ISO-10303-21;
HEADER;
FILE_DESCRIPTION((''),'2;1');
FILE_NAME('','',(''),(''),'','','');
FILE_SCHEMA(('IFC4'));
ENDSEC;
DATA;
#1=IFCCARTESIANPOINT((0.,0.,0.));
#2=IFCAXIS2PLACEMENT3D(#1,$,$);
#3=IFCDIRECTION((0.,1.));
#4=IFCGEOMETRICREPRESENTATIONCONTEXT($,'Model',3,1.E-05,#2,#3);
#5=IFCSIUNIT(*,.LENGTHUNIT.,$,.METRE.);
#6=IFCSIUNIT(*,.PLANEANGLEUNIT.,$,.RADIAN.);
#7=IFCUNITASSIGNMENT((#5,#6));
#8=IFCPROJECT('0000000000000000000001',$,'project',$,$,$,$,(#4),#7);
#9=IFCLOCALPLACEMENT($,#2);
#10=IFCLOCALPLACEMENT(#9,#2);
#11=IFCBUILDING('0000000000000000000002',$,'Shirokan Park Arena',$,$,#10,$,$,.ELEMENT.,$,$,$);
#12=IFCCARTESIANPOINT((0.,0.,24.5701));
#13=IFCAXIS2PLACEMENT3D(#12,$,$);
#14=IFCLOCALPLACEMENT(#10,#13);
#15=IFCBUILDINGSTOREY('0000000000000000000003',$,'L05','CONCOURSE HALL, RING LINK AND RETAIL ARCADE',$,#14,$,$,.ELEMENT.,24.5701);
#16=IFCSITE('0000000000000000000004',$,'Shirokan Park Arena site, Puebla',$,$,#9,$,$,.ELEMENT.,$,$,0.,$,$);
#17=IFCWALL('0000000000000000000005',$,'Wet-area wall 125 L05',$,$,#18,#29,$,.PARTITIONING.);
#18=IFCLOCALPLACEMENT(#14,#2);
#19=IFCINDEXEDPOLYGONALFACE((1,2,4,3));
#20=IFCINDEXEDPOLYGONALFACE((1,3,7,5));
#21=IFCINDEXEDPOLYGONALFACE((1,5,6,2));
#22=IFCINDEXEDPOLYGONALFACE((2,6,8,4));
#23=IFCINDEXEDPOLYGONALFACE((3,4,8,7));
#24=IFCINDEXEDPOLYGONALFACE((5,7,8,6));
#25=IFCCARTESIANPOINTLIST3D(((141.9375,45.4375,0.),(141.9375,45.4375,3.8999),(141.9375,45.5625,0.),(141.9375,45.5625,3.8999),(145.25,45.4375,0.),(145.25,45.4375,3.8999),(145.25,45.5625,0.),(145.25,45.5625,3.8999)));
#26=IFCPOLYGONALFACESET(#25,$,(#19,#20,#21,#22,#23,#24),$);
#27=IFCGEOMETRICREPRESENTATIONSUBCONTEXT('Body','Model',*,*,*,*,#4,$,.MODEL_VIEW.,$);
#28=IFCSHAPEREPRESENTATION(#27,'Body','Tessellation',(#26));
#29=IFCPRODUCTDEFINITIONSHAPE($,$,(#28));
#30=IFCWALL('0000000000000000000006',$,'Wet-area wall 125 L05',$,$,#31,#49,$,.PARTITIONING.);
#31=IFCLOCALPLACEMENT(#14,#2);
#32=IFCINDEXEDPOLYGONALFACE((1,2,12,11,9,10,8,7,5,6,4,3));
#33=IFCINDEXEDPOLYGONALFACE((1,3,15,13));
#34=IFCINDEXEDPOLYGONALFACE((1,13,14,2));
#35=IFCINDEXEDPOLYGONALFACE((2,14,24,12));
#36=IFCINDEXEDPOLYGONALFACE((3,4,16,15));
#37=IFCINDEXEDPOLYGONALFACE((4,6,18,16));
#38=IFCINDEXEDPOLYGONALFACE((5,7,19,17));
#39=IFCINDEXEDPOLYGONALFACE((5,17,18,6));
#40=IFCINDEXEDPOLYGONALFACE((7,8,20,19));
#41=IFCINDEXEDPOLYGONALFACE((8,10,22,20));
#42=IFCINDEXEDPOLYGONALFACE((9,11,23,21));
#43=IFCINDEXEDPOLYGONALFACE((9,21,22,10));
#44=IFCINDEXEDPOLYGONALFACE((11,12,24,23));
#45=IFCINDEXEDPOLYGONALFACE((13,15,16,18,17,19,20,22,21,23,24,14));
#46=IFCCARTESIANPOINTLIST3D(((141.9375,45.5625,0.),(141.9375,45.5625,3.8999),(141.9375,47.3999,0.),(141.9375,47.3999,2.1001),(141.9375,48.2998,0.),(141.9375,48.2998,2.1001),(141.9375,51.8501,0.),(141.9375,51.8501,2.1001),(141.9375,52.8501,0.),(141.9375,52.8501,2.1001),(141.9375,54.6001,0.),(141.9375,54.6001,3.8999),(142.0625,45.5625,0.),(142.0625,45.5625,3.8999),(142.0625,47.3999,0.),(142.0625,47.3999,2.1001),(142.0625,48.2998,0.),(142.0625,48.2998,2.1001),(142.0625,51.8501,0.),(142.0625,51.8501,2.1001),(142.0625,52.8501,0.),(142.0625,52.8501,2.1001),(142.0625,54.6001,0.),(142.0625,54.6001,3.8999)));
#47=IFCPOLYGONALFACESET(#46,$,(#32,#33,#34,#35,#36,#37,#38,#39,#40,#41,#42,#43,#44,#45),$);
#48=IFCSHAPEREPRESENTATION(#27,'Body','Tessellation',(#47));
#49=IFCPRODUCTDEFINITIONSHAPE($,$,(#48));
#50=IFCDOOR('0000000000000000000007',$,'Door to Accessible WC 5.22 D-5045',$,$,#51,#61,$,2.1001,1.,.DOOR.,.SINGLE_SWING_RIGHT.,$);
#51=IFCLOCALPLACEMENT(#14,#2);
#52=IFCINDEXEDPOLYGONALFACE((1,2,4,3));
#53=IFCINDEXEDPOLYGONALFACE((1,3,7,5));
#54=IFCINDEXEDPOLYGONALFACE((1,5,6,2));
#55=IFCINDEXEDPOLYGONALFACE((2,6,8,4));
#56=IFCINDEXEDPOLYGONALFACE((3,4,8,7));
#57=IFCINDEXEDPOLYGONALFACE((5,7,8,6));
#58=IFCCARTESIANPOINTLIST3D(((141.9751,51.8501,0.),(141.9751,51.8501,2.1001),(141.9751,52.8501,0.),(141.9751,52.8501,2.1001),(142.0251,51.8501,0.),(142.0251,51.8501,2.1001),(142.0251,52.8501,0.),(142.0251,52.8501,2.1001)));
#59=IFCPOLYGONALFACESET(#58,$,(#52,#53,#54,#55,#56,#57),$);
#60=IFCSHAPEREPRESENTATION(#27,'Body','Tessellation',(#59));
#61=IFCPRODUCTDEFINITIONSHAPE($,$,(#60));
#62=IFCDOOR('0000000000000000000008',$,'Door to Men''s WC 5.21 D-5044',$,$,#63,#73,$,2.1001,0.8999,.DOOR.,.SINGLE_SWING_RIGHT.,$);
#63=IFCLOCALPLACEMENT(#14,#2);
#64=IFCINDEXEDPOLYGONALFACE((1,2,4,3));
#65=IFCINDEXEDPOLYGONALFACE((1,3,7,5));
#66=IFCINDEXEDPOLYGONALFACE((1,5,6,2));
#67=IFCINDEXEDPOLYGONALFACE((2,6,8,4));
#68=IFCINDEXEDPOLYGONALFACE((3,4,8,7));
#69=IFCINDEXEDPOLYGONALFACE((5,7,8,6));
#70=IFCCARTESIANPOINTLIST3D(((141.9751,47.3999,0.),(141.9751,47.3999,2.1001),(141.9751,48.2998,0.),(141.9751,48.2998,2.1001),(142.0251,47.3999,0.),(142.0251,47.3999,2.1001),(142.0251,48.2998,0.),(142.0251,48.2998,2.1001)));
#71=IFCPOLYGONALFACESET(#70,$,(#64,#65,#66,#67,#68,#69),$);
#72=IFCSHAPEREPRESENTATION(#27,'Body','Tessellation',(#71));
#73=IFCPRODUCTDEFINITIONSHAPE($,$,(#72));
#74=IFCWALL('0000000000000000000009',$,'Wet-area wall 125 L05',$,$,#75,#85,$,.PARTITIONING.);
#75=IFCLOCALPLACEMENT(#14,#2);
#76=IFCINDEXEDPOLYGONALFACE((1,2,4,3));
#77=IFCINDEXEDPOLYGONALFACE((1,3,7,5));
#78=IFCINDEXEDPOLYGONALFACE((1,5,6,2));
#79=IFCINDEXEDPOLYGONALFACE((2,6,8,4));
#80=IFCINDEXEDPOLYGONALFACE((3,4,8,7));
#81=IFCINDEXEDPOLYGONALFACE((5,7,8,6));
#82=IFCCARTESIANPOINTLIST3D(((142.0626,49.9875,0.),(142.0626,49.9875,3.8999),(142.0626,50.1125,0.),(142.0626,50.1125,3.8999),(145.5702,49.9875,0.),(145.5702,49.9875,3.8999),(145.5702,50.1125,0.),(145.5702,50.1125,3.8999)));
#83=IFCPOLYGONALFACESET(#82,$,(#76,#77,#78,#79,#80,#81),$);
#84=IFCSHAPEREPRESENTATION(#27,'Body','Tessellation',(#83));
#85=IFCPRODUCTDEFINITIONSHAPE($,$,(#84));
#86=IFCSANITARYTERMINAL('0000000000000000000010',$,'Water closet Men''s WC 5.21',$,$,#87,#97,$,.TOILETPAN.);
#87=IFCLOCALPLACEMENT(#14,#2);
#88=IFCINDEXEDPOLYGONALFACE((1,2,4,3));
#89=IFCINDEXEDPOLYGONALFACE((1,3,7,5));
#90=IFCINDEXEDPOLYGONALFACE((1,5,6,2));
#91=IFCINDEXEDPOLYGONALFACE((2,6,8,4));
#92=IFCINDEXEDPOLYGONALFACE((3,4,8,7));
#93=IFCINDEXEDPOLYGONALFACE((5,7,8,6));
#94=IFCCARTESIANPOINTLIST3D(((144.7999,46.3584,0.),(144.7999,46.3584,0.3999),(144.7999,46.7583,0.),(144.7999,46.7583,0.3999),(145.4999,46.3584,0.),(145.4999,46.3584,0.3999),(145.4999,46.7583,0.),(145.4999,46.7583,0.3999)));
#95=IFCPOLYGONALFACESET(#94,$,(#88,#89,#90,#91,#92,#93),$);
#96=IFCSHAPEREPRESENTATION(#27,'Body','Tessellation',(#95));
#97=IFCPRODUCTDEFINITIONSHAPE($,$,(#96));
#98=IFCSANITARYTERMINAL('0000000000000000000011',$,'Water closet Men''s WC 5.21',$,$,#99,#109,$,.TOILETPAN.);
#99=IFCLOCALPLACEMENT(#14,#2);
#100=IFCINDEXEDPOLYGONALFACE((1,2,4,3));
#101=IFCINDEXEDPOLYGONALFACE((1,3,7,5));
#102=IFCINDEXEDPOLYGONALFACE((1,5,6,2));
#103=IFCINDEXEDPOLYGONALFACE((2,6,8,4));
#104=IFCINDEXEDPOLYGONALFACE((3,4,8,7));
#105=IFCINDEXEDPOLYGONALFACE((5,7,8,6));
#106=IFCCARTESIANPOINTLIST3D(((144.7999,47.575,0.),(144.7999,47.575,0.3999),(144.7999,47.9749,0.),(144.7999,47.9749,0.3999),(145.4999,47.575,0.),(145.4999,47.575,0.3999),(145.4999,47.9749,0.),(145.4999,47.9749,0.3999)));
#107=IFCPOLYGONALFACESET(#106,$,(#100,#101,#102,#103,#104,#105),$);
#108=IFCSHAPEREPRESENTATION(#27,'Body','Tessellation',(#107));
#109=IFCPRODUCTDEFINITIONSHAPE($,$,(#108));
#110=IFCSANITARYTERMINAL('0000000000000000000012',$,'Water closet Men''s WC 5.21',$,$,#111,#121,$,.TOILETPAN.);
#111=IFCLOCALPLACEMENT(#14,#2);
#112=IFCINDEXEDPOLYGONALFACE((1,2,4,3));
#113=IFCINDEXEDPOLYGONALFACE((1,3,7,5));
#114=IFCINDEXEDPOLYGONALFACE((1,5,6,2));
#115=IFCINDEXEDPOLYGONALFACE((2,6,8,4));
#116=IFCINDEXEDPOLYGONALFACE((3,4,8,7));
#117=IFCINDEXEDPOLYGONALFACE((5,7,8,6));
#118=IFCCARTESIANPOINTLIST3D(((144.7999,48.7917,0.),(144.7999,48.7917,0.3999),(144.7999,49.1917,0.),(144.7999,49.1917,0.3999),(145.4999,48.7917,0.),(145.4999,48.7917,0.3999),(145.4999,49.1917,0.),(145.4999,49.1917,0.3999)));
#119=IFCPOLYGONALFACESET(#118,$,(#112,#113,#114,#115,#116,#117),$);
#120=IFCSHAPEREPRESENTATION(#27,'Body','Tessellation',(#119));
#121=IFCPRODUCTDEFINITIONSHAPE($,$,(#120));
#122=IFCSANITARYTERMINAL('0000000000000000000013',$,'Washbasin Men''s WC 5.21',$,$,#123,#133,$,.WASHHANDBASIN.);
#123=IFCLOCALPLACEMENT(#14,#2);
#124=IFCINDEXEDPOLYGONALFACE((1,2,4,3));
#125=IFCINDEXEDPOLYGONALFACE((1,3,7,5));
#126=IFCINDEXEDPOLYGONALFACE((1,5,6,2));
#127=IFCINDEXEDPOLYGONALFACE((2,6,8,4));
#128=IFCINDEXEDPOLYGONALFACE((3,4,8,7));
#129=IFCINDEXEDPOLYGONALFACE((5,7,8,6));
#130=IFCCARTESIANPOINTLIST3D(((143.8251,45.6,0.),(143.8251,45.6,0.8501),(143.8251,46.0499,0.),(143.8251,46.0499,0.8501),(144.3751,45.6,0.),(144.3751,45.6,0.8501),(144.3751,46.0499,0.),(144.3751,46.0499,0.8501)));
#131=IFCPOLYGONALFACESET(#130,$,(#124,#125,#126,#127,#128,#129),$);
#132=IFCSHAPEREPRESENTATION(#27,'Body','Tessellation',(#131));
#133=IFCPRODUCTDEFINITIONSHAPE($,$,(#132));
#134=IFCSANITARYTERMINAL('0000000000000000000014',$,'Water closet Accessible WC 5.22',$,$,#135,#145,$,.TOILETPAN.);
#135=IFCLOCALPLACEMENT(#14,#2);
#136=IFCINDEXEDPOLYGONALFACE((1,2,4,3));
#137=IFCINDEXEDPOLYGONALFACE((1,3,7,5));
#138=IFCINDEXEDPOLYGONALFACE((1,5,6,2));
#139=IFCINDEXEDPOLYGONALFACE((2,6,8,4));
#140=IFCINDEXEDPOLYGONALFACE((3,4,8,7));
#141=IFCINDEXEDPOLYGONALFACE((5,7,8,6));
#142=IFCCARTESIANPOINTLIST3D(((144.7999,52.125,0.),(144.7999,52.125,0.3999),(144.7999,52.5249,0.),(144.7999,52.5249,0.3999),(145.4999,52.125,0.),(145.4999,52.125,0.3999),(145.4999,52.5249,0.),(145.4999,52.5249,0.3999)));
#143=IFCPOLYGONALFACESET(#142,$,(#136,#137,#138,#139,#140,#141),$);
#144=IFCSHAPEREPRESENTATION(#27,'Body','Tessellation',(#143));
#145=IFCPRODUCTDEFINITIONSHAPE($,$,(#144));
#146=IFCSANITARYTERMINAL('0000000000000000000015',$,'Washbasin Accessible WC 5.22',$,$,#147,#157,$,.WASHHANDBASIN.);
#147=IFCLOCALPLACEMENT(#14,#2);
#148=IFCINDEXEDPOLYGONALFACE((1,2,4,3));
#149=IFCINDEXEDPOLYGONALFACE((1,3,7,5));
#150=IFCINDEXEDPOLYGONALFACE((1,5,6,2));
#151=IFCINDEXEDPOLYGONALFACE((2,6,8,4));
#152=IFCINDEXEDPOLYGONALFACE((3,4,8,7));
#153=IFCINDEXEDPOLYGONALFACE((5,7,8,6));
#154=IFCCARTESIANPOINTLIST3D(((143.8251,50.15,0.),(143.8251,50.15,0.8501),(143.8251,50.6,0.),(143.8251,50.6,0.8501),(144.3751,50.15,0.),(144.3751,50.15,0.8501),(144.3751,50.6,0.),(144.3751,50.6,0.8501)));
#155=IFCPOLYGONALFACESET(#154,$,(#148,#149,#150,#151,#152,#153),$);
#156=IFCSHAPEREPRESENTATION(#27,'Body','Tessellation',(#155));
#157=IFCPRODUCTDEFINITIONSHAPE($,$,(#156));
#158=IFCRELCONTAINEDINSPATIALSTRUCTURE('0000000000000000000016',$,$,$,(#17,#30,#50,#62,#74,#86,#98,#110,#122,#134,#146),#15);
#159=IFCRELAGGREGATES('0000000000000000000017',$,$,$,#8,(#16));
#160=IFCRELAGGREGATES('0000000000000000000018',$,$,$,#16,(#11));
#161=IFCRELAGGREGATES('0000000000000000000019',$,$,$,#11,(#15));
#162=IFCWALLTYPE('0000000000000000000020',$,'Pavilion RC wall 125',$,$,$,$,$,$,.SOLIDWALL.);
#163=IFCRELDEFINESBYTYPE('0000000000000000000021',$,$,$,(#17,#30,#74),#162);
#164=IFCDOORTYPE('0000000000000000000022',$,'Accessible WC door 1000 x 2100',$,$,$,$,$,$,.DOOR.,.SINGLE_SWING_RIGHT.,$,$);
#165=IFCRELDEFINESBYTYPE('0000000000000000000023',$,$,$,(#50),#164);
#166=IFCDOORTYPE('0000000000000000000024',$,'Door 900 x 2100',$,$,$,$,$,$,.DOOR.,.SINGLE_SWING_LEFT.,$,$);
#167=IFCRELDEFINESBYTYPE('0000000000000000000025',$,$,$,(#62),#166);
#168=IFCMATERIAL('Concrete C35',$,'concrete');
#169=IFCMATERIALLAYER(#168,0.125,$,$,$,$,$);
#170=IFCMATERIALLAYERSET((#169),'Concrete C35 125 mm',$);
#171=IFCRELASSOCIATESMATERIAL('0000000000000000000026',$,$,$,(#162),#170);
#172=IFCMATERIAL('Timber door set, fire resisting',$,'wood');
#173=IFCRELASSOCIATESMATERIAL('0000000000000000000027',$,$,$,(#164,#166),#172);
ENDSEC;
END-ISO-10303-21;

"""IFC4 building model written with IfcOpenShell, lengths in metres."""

from ifc_helpers import new_model, si_unit, direction, frame, frame_2d, origin, origin_2d, place, context, subcontext, project, spatial, rectangle, extrude, material, layer, layer_set, type_object, element, fill, save


model = new_model("IFC4")

# Units and contexts
model_context = context("Model", 3, precision=1e-05, world=origin(), true_north=direction((0.0, 1.0)))
body_context = subcontext(model_context, "Body", "Model", "MODEL_VIEW")
ifc_project = project(units=[si_unit("LENGTHUNIT", "METRE"), si_unit("PLANEANGLEUNIT", "RADIAN")], contexts=[model_context])

# Site, building, storey
site_placement = place(None, origin())
site = spatial("IfcSite", under=ifc_project, at=site_placement, Name="Shirokan Park Arena site, Puebla", CompositionType="ELEMENT", RefElevation=0.0)
building_placement = place(site_placement, origin())
building = spatial("IfcBuilding", under=site, at=building_placement, Name="Shirokan Park Arena", CompositionType="ELEMENT")
storey_placement = place(building_placement, frame((0.0, 0.0, 24.5701)))
storey = spatial("IfcBuildingStorey", under=building, at=storey_placement, Name="L05", Description="CONCOURSE HALL, RING LINK AND RETAIL ARCADE", CompositionType="ELEMENT", Elevation=24.5701)

# Shared definitions
ifc_material_1 = material(Name="Concrete C35", Category="concrete")

# Wall
ifc_layer_1 = layer(ifc_material_1, 0.125)
ifc_layer_set_1 = layer_set([ifc_layer_1], Name="Concrete C35 125 mm")
wall_type = type_object("IfcWallType", Name="Pavilion RC wall 125", PredefinedType="SOLIDWALL", material=ifc_layer_set_1)
wall_1_placement = place(storey_placement, frame((141.9375, 45.5, 0.0), z_axis=(0.0, 0.0, 1.0), x_axis=(1.0, 0.0, 0.0)))
element("IfcWall", 1, at=wall_1_placement, inside=storey, type_object=wall_type, Name="Wet-area wall 125 L05", PredefinedType="PARTITIONING", context=body_context, shape_type="SweptSolid", body=[
    extrude(rectangle(XDim=3.3125, YDim=0.125, at=frame_2d((1.6562, 0.0))), origin(), (0.0, 0.0, 1.0), 3.8999),
])

# Wall, openings, doors
wall_2_placement = place(storey_placement, frame((142.0, 45.5625, 0.0), z_axis=(0.0, 0.0, 1.0), x_axis=(0.0, 1.0, 0.0)))
wall_2 = element("IfcWall", 2, at=wall_2_placement, inside=storey, type_object=wall_type, Name="Wet-area wall 125 L05", PredefinedType="PARTITIONING", context=body_context, shape_type="SweptSolid", body=[
    extrude(rectangle(XDim=9.0376, YDim=0.125, at=frame_2d((4.5188, 0.0))), origin(), (0.0, 0.0, 1.0), 3.8999),
])
opening_1_placement = place(wall_2_placement, frame((1.8374, 0.0, 0.0)))
opening_1 = element("IfcOpeningElement", 3, at=opening_1_placement, cuts=wall_2, PredefinedType="OPENING", context=body_context, shape_type="SweptSolid", body=[
    extrude(rectangle(XDim=0.8999, YDim=2.1001, at=frame_2d((0.45, 1.05))), frame((0.0, 0.0725, 0.0), z_axis=(0.0, -1.0, 0.0), x_axis=(1.0, 0.0, 0.0)), (0.0, 0.0, 1.0), 0.145),
])
opening_2_placement = place(wall_2_placement, frame((6.2876, 0.0, 0.0)))
opening_2 = element("IfcOpeningElement", 4, at=opening_2_placement, cuts=wall_2, PredefinedType="OPENING", context=body_context, shape_type="SweptSolid", body=[
    extrude(rectangle(XDim=1.0, YDim=2.1001, at=frame_2d((0.5, 1.05))), frame((0.0, 0.0725, 0.0), z_axis=(0.0, -1.0, 0.0), x_axis=(1.0, 0.0, 0.0)), (0.0, 0.0, 1.0), 0.145),
])
ifc_material_2 = material(Name="Timber door set, fire resisting", Category="wood")
door_type_1 = type_object("IfcDoorType", Name="Accessible WC door 1000 x 2100", OperationType="SINGLE_SWING_RIGHT", PredefinedType="DOOR", material=ifc_material_2)
door_1_placement = place(opening_2_placement, origin())
door_1 = element("IfcDoor", 5, at=door_1_placement, inside=storey, type_object=door_type_1, Name="Door to Accessible WC 5.22 D-5045", OperationType="SINGLE_SWING_RIGHT", OverallHeight=2.1001, OverallWidth=1.0, PredefinedType="DOOR", context=body_context, shape_type="SweptSolid", body=[
    extrude(rectangle(XDim=1.0, YDim=2.1001, at=frame_2d((0.5, 1.05))), frame((0.0, 0.0249, 0.0), z_axis=(0.0, -1.0, 0.0), x_axis=(1.0, 0.0, 0.0)), (0.0, 0.0, 1.0), 0.05),
])
fill(opening_2, door_1)
door_type_2 = type_object("IfcDoorType", Name="Door 900 x 2100", OperationType="SINGLE_SWING_LEFT", PredefinedType="DOOR", material=ifc_material_2)
door_2_placement = place(opening_1_placement, origin())
door_2 = element("IfcDoor", 6, at=door_2_placement, inside=storey, type_object=door_type_2, Name="Door to Men's WC 5.21 D-5044", OperationType="SINGLE_SWING_RIGHT", OverallHeight=2.1001, OverallWidth=0.8999, PredefinedType="DOOR", context=body_context, shape_type="SweptSolid", body=[
    extrude(rectangle(XDim=0.8999, YDim=2.1001, at=frame_2d((0.45, 1.05))), frame((0.0, 0.0249, 0.0), z_axis=(0.0, -1.0, 0.0), x_axis=(1.0, 0.0, 0.0)), (0.0, 0.0, 1.0), 0.05),
])
fill(opening_1, door_2)

# Wall
wall_3_placement = place(storey_placement, frame((142.0625, 50.05, 0.0), z_axis=(0.0, 0.0, 1.0), x_axis=(1.0, 0.0, 0.0)))
element("IfcWall", 7, at=wall_3_placement, inside=storey, type_object=wall_type, Name="Wet-area wall 125 L05", PredefinedType="PARTITIONING", context=body_context, shape_type="SweptSolid", body=[
    extrude(rectangle(XDim=3.5076, YDim=0.125, at=frame_2d((1.7539, 0.0))), origin(), (0.0, 0.0, 1.0), 3.8999),
])

# Sanitary terminals
for number, where, z_axis, x_axis, name in (
    (8, (145.1499, 46.5583, 0.0), (0.0, 0.0, 1.0), (1.0, 0.0, 0.0), "Water closet Men's WC 5.21"),
    (9, (145.1499, 47.7749, 0.0), (0.0, 0.0, 1.0), (1.0, 0.0, 0.0), "Water closet Men's WC 5.21"),
    (10, (145.1499, 48.9917, 0.0), (0.0, 0.0, 1.0), (1.0, 0.0, 0.0), "Water closet Men's WC 5.21"),
):
    element("IfcSanitaryTerminal", number, at=place(storey_placement, frame(where, z_axis=z_axis, x_axis=x_axis)), inside=storey, Name=name, PredefinedType="TOILETPAN", context=body_context, shape_type="SweptSolid", body=[
        extrude(rectangle(XDim=0.7, YDim=0.3999, at=origin_2d()), origin(), (0.0, 0.0, 1.0), 0.3999),
    ])
sanitary_terminal_1_placement = place(storey_placement, frame((144.1001, 45.825, 0.0), z_axis=(0.0, 0.0, 1.0), x_axis=(1.0, 0.0, 0.0)))
element("IfcSanitaryTerminal", 11, at=sanitary_terminal_1_placement, inside=storey, Name="Washbasin Men's WC 5.21", PredefinedType="WASHHANDBASIN", context=body_context, shape_type="SweptSolid", body=[
    extrude(rectangle(XDim=0.55, YDim=0.45, at=origin_2d()), origin(), (0.0, 0.0, 1.0), 0.8501),
])
sanitary_terminal_2_placement = place(storey_placement, frame((145.1499, 52.325, 0.0), z_axis=(0.0, 0.0, 1.0), x_axis=(1.0, 0.0, 0.0)))
element("IfcSanitaryTerminal", 12, at=sanitary_terminal_2_placement, inside=storey, Name="Water closet Accessible WC 5.22", PredefinedType="TOILETPAN", context=body_context, shape_type="SweptSolid", body=[
    extrude(rectangle(XDim=0.7, YDim=0.3999, at=origin_2d()), origin(), (0.0, 0.0, 1.0), 0.3999),
])
sanitary_terminal_3_placement = place(storey_placement, frame((144.1001, 50.375, 0.0), z_axis=(0.0, 0.0, 1.0), x_axis=(1.0, 0.0, 0.0)))
element("IfcSanitaryTerminal", 13, at=sanitary_terminal_3_placement, inside=storey, Name="Washbasin Accessible WC 5.22", PredefinedType="WASHHANDBASIN", context=body_context, shape_type="SweptSolid", body=[
    extrude(rectangle(XDim=0.55, YDim=0.45, at=origin_2d()), origin(), (0.0, 0.0, 1.0), 0.8501),
])

save(model, "model.ifc")
